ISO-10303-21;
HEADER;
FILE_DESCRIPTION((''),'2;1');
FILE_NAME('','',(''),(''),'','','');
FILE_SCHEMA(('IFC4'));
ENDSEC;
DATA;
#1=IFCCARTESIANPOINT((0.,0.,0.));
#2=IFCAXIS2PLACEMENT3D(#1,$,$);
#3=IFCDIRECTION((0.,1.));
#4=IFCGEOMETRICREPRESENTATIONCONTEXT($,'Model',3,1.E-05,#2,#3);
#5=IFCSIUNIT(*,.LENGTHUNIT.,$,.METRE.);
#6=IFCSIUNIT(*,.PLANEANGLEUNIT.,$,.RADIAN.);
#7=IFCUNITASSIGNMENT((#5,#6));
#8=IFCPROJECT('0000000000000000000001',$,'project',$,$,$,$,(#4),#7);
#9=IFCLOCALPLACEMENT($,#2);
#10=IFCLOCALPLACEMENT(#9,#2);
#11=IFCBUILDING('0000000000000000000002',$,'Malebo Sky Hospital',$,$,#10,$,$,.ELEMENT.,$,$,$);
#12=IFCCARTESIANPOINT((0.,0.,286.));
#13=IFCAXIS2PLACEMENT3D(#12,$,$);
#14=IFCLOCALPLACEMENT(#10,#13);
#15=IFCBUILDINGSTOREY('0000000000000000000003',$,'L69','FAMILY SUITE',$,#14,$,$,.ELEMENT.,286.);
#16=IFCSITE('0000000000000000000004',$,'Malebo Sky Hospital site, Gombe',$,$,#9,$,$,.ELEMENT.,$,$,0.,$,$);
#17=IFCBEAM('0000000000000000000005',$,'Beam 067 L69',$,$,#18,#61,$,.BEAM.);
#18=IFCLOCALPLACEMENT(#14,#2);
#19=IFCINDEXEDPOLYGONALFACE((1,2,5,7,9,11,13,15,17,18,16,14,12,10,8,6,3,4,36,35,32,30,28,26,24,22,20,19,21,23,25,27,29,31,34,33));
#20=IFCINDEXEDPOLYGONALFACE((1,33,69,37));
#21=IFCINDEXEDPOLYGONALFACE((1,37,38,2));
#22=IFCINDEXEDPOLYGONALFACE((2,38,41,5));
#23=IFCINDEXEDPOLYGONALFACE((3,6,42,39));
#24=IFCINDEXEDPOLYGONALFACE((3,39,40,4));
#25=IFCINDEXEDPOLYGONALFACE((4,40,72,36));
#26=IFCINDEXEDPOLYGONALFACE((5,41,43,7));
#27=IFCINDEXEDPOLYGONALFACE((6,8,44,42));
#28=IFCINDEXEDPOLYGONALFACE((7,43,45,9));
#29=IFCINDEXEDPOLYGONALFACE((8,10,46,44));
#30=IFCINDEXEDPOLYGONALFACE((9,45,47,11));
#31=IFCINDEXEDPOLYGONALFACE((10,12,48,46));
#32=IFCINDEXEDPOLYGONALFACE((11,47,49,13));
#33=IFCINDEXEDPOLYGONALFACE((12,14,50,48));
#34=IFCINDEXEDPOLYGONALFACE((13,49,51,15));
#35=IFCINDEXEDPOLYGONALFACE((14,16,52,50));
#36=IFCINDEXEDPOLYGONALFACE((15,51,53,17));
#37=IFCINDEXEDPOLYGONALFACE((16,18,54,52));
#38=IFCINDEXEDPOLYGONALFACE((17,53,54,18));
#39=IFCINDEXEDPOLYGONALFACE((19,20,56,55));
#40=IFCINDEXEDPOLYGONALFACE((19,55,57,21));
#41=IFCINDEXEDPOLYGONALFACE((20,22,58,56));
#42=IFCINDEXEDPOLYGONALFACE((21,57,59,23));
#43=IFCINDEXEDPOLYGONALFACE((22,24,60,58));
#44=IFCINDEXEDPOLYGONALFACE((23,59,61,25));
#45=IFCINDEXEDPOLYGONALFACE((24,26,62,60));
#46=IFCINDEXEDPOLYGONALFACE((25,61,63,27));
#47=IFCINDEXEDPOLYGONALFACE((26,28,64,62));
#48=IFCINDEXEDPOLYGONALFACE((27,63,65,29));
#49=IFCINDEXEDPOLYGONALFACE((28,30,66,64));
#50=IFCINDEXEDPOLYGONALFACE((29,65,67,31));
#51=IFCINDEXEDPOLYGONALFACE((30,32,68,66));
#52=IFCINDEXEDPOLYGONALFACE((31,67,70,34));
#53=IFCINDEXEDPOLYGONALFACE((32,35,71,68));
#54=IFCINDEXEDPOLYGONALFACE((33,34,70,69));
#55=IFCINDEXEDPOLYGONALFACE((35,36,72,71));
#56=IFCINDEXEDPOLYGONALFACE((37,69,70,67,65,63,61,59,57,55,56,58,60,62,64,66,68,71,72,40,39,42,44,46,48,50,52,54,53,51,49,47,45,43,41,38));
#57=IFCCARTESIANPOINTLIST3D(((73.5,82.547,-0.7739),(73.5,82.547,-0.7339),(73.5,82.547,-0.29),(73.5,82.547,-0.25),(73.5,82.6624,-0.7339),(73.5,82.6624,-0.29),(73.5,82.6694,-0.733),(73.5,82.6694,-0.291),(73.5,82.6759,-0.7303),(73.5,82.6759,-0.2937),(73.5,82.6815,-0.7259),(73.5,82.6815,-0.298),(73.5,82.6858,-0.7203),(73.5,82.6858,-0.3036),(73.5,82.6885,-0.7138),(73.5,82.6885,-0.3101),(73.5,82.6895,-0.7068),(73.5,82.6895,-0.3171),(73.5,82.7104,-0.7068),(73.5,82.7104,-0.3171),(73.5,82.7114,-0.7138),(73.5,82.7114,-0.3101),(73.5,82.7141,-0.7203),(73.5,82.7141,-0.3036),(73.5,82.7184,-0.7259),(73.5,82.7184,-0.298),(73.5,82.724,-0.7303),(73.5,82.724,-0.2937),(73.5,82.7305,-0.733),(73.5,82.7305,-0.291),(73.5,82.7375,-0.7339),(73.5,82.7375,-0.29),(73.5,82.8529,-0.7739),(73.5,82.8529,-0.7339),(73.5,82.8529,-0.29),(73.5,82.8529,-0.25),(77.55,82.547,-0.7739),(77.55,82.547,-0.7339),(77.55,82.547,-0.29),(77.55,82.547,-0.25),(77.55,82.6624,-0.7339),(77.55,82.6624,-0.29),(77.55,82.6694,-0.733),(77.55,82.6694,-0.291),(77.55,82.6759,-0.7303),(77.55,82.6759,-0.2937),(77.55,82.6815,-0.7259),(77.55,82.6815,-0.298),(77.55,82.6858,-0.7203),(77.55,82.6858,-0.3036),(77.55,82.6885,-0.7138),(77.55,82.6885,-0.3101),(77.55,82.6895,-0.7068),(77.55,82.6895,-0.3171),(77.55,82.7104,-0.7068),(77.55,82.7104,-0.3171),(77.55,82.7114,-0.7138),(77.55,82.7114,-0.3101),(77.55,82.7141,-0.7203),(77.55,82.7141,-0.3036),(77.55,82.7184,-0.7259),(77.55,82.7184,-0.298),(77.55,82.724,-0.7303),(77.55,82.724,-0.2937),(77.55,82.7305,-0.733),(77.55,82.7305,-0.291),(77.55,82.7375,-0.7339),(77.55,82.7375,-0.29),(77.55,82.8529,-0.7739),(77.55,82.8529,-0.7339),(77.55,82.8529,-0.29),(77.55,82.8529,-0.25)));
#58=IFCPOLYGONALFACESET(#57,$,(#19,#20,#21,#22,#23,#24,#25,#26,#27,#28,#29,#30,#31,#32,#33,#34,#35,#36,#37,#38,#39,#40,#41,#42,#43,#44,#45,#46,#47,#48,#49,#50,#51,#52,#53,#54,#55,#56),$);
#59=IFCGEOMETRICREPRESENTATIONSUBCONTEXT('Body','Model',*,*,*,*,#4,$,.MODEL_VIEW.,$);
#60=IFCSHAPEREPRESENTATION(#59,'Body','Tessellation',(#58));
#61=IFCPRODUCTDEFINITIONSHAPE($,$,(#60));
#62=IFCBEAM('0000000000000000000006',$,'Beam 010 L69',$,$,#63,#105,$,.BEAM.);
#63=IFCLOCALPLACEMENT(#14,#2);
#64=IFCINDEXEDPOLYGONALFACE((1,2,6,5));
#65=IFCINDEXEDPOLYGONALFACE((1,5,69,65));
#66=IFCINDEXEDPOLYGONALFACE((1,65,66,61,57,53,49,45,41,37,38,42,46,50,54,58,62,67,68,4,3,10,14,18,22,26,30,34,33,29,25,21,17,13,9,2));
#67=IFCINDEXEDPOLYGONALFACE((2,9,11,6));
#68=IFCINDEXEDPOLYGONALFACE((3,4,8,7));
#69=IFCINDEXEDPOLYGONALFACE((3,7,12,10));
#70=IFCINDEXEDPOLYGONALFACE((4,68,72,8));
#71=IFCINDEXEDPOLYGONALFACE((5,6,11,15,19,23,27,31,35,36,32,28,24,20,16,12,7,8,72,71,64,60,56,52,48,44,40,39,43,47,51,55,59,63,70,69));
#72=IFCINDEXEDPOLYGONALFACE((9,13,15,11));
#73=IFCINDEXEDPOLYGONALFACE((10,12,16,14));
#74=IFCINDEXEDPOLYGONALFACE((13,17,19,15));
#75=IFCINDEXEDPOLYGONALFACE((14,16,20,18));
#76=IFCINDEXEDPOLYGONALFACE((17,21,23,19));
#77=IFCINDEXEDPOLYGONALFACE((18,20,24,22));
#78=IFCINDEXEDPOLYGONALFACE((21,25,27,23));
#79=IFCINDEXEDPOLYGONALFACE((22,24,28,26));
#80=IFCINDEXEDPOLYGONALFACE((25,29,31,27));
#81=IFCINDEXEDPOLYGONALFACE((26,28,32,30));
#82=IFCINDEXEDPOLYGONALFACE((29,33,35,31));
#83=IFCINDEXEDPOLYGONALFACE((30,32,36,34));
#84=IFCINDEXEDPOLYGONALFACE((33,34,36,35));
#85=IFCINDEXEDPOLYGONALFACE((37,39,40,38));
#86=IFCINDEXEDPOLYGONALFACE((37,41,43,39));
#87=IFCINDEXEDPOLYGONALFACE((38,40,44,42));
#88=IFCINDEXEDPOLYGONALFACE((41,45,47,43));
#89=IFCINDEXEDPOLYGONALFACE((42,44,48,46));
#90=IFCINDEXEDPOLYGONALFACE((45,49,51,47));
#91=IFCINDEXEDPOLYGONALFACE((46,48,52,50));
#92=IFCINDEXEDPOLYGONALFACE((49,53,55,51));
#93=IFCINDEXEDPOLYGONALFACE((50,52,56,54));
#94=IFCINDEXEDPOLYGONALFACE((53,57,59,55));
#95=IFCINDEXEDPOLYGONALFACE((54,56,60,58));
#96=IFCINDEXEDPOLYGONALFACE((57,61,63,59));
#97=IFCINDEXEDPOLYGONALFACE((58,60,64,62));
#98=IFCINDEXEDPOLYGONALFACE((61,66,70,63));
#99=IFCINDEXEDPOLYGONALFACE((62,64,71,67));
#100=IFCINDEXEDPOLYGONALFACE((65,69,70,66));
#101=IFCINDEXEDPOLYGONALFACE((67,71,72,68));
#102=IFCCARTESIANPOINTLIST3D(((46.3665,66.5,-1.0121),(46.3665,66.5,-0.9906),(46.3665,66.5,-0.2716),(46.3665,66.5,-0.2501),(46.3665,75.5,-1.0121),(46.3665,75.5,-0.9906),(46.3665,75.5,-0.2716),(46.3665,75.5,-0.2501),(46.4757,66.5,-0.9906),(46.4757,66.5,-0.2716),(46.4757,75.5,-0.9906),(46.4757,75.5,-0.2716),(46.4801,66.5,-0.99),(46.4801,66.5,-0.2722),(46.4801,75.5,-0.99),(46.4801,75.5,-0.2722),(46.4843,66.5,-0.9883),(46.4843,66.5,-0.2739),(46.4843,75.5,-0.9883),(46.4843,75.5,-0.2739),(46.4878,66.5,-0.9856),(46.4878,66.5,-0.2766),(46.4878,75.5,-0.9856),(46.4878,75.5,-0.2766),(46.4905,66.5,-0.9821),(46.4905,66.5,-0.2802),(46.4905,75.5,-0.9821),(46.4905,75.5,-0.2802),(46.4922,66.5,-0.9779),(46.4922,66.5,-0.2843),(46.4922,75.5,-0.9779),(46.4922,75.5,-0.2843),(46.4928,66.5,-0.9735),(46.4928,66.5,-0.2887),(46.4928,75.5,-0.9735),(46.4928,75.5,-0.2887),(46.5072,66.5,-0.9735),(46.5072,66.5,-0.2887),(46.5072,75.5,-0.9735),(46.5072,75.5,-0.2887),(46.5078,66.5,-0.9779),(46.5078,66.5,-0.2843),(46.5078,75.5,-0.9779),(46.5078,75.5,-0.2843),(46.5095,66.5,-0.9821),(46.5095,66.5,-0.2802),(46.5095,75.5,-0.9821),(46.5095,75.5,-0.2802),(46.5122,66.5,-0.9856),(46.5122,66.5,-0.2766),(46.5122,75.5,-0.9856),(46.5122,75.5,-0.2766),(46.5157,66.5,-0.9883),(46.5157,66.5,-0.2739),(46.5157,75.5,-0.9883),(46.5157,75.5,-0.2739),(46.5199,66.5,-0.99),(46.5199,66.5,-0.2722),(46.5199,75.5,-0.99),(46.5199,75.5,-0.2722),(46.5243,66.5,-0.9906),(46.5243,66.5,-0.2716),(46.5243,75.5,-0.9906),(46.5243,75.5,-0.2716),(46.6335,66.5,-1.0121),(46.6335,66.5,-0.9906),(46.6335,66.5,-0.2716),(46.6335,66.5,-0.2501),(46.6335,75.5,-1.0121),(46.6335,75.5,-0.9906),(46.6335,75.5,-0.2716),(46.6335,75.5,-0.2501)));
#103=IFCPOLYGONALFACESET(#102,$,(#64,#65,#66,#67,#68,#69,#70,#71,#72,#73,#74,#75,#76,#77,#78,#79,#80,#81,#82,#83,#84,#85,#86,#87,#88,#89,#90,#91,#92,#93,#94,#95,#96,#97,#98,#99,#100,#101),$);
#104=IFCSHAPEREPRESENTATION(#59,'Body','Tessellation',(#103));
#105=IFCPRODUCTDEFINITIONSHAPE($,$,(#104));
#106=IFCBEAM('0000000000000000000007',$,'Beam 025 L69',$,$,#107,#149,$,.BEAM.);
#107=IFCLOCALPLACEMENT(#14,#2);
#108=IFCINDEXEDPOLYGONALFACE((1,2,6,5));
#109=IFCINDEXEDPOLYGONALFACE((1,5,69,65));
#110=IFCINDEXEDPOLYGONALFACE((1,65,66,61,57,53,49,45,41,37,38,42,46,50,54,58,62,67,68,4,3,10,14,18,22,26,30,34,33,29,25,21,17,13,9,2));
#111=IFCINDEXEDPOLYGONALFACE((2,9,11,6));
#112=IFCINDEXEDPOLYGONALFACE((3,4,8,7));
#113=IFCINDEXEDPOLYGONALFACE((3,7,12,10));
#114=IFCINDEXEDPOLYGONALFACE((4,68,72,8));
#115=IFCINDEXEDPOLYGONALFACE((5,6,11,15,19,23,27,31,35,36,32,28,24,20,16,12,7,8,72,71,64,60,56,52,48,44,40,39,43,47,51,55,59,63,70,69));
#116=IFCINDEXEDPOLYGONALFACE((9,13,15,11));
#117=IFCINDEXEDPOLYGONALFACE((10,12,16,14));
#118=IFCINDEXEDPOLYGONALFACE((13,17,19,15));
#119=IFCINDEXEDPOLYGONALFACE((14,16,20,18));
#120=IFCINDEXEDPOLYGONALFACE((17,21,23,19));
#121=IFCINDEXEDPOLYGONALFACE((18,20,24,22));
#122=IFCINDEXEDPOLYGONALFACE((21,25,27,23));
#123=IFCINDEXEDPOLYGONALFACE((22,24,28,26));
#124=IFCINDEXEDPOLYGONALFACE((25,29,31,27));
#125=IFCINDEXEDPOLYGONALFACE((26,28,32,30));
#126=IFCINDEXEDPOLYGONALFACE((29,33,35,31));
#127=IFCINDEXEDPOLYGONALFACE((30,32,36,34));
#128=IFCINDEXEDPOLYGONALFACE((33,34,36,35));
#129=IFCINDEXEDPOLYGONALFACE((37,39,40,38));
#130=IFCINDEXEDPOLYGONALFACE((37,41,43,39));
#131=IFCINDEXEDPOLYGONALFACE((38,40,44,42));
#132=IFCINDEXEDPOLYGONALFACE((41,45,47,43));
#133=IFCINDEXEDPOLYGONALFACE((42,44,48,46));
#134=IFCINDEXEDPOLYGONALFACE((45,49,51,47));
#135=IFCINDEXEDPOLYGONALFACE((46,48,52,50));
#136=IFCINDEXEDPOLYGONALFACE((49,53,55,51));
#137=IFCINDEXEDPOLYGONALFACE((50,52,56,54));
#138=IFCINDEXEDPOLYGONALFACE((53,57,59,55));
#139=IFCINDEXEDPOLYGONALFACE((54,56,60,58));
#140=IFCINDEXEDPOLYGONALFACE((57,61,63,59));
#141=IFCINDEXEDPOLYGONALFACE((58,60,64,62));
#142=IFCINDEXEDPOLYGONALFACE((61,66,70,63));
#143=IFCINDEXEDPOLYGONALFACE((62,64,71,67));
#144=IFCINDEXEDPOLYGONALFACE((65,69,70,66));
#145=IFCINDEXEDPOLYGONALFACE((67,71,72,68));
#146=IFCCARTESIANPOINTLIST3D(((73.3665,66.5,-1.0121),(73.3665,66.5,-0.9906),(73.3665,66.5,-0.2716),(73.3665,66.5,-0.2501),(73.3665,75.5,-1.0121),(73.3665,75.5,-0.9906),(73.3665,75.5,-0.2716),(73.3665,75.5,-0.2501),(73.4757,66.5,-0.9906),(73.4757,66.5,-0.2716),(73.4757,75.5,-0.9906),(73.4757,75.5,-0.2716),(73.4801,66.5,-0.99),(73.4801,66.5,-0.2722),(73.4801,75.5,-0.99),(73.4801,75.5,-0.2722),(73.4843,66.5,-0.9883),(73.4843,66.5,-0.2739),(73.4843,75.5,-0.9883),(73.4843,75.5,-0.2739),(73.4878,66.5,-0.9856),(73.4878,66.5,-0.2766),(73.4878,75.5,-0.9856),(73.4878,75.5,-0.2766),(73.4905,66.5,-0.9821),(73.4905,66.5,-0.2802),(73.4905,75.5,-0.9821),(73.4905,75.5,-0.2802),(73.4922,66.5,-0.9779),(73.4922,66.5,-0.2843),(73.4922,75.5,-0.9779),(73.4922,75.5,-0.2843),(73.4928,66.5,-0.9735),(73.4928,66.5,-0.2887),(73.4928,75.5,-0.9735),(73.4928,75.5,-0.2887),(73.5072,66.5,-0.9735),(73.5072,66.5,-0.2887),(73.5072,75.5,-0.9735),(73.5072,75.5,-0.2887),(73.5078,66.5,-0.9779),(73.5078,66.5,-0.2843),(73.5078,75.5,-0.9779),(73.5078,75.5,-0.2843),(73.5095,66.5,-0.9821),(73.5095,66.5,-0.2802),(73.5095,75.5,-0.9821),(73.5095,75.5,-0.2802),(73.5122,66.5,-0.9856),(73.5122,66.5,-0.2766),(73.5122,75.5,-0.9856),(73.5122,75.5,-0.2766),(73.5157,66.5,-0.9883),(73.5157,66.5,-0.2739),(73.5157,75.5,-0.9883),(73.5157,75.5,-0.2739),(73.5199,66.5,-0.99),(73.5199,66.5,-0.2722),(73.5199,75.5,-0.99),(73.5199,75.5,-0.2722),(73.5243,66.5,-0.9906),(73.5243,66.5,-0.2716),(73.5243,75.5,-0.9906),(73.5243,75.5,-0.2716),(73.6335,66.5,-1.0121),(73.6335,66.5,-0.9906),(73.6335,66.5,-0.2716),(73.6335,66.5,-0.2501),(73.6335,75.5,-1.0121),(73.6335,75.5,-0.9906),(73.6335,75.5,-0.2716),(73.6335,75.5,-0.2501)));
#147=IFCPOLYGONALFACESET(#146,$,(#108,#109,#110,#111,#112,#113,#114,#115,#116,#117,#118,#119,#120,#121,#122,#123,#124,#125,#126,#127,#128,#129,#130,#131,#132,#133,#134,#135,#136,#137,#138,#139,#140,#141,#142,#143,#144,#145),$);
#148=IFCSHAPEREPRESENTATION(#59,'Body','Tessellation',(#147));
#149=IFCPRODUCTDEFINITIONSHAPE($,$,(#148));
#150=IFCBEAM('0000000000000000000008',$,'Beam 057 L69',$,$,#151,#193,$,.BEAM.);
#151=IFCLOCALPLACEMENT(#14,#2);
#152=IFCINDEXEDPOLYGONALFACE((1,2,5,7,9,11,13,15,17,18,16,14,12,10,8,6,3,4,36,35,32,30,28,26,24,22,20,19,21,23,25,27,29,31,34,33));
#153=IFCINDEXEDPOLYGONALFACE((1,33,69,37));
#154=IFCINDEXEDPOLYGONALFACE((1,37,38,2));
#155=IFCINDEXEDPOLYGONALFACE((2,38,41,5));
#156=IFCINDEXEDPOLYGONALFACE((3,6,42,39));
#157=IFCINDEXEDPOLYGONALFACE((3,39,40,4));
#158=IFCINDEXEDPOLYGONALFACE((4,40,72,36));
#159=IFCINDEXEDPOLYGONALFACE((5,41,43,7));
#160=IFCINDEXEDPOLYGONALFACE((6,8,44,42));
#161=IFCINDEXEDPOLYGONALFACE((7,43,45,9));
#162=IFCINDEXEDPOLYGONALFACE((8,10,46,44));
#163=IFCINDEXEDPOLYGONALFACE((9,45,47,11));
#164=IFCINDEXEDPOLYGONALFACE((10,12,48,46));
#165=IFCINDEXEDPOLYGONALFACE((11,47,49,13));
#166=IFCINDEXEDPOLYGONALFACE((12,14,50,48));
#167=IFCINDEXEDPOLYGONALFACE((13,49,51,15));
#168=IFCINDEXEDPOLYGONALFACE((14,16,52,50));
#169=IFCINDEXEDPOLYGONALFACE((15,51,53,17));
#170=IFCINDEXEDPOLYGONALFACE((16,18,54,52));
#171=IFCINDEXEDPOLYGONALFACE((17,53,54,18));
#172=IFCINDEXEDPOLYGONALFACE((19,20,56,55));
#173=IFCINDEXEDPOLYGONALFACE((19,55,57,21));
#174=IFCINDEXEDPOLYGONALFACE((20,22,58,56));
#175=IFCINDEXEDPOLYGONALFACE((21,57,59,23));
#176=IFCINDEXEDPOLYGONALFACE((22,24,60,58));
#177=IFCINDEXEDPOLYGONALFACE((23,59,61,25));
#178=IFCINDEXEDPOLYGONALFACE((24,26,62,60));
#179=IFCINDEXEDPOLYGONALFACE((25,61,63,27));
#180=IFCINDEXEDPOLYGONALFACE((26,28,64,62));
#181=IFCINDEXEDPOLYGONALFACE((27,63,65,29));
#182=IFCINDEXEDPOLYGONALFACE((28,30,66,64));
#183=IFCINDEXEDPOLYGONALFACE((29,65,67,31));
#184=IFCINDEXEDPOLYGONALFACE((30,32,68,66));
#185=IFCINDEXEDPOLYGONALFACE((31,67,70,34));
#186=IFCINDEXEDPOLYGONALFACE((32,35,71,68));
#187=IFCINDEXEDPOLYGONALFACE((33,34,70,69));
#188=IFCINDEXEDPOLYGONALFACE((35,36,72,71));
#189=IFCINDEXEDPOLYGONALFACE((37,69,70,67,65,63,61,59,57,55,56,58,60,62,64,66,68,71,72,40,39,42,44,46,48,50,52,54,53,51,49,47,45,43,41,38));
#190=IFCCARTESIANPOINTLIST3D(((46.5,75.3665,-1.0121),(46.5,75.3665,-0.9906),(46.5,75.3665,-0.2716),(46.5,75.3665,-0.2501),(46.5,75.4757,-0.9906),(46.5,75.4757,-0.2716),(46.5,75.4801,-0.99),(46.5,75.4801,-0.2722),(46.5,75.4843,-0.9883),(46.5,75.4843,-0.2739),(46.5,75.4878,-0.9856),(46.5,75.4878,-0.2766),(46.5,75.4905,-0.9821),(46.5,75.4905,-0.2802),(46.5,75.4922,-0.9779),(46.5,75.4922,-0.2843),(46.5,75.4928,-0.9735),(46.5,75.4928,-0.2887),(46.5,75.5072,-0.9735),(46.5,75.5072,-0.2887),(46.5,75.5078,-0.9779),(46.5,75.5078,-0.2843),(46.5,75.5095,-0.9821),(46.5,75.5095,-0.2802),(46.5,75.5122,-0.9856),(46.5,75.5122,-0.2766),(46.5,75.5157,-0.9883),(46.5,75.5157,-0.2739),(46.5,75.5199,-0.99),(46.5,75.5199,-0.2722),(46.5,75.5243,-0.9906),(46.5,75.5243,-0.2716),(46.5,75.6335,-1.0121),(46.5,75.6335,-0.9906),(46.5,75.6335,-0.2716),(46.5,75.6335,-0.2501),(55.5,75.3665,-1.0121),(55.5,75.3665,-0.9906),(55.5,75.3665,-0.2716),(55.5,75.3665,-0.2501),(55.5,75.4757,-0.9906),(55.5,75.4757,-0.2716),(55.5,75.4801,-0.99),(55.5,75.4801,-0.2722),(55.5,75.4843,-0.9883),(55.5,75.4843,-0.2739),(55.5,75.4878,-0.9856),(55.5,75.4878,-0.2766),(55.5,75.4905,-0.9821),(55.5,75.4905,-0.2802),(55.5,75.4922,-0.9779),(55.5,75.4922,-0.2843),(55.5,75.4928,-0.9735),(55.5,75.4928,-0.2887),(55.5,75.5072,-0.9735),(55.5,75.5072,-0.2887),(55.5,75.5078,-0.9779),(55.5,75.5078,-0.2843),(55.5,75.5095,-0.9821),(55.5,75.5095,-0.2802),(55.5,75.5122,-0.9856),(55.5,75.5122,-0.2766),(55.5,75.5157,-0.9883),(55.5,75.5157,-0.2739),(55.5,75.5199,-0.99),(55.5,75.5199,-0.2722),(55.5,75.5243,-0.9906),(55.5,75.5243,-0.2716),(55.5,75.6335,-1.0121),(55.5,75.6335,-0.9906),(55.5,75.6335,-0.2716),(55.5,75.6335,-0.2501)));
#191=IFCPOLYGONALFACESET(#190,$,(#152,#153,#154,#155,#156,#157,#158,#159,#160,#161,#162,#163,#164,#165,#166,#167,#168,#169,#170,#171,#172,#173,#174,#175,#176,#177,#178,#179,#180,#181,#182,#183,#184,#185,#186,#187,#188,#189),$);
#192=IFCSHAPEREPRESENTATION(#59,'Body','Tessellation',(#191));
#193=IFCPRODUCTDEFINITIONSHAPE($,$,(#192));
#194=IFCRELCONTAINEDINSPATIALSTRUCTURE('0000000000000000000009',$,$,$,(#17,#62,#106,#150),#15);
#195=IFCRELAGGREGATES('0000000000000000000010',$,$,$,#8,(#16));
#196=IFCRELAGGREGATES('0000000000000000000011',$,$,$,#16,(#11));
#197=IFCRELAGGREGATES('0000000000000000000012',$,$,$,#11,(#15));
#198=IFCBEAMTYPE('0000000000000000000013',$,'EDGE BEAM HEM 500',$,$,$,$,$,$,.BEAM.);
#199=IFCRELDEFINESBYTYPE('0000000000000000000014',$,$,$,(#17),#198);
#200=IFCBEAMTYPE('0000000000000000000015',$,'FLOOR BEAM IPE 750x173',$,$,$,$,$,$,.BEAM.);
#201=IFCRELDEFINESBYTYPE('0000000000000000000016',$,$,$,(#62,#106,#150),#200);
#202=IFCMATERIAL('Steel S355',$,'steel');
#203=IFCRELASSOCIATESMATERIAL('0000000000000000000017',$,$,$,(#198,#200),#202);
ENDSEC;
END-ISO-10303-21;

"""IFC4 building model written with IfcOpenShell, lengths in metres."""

from ifc_helpers import new_model, si_unit, direction, frame, origin, origin_2d, place, context, subcontext, project, spatial, i_section, extrude, material, material_profile, profile_set, type_object, element, save


model = new_model("IFC4")

# Units and contexts
model_context = context("Model", 3, precision=1e-05, world=origin(), true_north=direction((0.0, 1.0)))
body_context = subcontext(model_context, "Body", "Model", "MODEL_VIEW")
ifc_project = project(units=[si_unit("LENGTHUNIT", "METRE"), si_unit("PLANEANGLEUNIT", "RADIAN")], contexts=[model_context])

# Site, building, storey
site_placement = place(None, origin())
site = spatial("IfcSite", under=ifc_project, at=site_placement, Name="Malebo Sky Hospital site, Gombe", CompositionType="ELEMENT", RefElevation=0.0)
building_placement = place(site_placement, origin())
building = spatial("IfcBuilding", under=site, at=building_placement, Name="Malebo Sky Hospital", CompositionType="ELEMENT")
storey_placement = place(building_placement, frame((0.0, 0.0, 286.0)))
storey = spatial("IfcBuildingStorey", under=building, at=storey_placement, Name="L69", Description="FAMILY SUITE", CompositionType="ELEMENT", Elevation=286.0)

# Shared definitions
ifc_material_1 = material(Name="Steel S355", Category="steel")

# Beams
ifc_material_profile_1 = material_profile(ifc_material_1, i_section(OverallWidth=0.3059, OverallDepth=0.5239, WebThickness=0.021, FlangeThickness=0.04, FilletRadius=0.0271, at=origin_2d()), Name="HEM 500")
ifc_profile_set_1 = profile_set([ifc_material_profile_1], Name="Steel S355")
beam_type_1 = type_object("IfcBeamType", Name="EDGE BEAM HEM 500", PredefinedType="BEAM", material=ifc_profile_set_1)
beam_1_placement = place(storey_placement, frame((73.5, 82.7, -0.512), z_axis=(1.0, 0.0, 0.0), x_axis=(0.0, 1.0, 0.0)))
element("IfcBeam", 1, at=beam_1_placement, inside=storey, type_object=beam_type_1, Name="Beam 067 L69", PredefinedType="BEAM", context=body_context, shape_type="SweptSolid", body=[
    extrude(i_section(OverallWidth=0.3059, OverallDepth=0.5239, WebThickness=0.021, FlangeThickness=0.04, FilletRadius=0.0271, at=origin_2d()), origin(), (0.0, 0.0, 1.0), 4.05),
])
ifc_material_profile_2 = material_profile(ifc_material_1, i_section(OverallWidth=0.2671, OverallDepth=0.762, WebThickness=0.0144, FlangeThickness=0.0215, FilletRadius=0.0171, at=origin_2d()), Name="IPE 750x173")
ifc_profile_set_2 = profile_set([ifc_material_profile_2], Name="Steel S355")
beam_type_2 = type_object("IfcBeamType", Name="FLOOR BEAM IPE 750x173", PredefinedType="BEAM", material=ifc_profile_set_2)
for number, where, z_axis, x_axis, name in (
    (2, (46.5, 66.5, -0.6311), (0.0, 1.0, 0.0), (-1.0, 0.0, 0.0), "Beam 010 L69"),
    (3, (73.5, 66.5, -0.6311), (0.0, 1.0, 0.0), (-1.0, 0.0, 0.0), "Beam 025 L69"),
    (4, (46.5, 75.5, -0.6311), (1.0, 0.0, 0.0), (0.0, 1.0, 0.0), "Beam 057 L69"),
):
    element("IfcBeam", number, at=place(storey_placement, frame(where, z_axis=z_axis, x_axis=x_axis)), inside=storey, type_object=beam_type_2, Name=name, PredefinedType="BEAM", context=body_context, shape_type="SweptSolid", body=[
        extrude(i_section(OverallWidth=0.2671, OverallDepth=0.762, WebThickness=0.0144, FlangeThickness=0.0215, FilletRadius=0.0171, at=origin_2d()), origin(), (0.0, 0.0, 1.0), 9.0),
    ])

save(model, "model.ifc")
